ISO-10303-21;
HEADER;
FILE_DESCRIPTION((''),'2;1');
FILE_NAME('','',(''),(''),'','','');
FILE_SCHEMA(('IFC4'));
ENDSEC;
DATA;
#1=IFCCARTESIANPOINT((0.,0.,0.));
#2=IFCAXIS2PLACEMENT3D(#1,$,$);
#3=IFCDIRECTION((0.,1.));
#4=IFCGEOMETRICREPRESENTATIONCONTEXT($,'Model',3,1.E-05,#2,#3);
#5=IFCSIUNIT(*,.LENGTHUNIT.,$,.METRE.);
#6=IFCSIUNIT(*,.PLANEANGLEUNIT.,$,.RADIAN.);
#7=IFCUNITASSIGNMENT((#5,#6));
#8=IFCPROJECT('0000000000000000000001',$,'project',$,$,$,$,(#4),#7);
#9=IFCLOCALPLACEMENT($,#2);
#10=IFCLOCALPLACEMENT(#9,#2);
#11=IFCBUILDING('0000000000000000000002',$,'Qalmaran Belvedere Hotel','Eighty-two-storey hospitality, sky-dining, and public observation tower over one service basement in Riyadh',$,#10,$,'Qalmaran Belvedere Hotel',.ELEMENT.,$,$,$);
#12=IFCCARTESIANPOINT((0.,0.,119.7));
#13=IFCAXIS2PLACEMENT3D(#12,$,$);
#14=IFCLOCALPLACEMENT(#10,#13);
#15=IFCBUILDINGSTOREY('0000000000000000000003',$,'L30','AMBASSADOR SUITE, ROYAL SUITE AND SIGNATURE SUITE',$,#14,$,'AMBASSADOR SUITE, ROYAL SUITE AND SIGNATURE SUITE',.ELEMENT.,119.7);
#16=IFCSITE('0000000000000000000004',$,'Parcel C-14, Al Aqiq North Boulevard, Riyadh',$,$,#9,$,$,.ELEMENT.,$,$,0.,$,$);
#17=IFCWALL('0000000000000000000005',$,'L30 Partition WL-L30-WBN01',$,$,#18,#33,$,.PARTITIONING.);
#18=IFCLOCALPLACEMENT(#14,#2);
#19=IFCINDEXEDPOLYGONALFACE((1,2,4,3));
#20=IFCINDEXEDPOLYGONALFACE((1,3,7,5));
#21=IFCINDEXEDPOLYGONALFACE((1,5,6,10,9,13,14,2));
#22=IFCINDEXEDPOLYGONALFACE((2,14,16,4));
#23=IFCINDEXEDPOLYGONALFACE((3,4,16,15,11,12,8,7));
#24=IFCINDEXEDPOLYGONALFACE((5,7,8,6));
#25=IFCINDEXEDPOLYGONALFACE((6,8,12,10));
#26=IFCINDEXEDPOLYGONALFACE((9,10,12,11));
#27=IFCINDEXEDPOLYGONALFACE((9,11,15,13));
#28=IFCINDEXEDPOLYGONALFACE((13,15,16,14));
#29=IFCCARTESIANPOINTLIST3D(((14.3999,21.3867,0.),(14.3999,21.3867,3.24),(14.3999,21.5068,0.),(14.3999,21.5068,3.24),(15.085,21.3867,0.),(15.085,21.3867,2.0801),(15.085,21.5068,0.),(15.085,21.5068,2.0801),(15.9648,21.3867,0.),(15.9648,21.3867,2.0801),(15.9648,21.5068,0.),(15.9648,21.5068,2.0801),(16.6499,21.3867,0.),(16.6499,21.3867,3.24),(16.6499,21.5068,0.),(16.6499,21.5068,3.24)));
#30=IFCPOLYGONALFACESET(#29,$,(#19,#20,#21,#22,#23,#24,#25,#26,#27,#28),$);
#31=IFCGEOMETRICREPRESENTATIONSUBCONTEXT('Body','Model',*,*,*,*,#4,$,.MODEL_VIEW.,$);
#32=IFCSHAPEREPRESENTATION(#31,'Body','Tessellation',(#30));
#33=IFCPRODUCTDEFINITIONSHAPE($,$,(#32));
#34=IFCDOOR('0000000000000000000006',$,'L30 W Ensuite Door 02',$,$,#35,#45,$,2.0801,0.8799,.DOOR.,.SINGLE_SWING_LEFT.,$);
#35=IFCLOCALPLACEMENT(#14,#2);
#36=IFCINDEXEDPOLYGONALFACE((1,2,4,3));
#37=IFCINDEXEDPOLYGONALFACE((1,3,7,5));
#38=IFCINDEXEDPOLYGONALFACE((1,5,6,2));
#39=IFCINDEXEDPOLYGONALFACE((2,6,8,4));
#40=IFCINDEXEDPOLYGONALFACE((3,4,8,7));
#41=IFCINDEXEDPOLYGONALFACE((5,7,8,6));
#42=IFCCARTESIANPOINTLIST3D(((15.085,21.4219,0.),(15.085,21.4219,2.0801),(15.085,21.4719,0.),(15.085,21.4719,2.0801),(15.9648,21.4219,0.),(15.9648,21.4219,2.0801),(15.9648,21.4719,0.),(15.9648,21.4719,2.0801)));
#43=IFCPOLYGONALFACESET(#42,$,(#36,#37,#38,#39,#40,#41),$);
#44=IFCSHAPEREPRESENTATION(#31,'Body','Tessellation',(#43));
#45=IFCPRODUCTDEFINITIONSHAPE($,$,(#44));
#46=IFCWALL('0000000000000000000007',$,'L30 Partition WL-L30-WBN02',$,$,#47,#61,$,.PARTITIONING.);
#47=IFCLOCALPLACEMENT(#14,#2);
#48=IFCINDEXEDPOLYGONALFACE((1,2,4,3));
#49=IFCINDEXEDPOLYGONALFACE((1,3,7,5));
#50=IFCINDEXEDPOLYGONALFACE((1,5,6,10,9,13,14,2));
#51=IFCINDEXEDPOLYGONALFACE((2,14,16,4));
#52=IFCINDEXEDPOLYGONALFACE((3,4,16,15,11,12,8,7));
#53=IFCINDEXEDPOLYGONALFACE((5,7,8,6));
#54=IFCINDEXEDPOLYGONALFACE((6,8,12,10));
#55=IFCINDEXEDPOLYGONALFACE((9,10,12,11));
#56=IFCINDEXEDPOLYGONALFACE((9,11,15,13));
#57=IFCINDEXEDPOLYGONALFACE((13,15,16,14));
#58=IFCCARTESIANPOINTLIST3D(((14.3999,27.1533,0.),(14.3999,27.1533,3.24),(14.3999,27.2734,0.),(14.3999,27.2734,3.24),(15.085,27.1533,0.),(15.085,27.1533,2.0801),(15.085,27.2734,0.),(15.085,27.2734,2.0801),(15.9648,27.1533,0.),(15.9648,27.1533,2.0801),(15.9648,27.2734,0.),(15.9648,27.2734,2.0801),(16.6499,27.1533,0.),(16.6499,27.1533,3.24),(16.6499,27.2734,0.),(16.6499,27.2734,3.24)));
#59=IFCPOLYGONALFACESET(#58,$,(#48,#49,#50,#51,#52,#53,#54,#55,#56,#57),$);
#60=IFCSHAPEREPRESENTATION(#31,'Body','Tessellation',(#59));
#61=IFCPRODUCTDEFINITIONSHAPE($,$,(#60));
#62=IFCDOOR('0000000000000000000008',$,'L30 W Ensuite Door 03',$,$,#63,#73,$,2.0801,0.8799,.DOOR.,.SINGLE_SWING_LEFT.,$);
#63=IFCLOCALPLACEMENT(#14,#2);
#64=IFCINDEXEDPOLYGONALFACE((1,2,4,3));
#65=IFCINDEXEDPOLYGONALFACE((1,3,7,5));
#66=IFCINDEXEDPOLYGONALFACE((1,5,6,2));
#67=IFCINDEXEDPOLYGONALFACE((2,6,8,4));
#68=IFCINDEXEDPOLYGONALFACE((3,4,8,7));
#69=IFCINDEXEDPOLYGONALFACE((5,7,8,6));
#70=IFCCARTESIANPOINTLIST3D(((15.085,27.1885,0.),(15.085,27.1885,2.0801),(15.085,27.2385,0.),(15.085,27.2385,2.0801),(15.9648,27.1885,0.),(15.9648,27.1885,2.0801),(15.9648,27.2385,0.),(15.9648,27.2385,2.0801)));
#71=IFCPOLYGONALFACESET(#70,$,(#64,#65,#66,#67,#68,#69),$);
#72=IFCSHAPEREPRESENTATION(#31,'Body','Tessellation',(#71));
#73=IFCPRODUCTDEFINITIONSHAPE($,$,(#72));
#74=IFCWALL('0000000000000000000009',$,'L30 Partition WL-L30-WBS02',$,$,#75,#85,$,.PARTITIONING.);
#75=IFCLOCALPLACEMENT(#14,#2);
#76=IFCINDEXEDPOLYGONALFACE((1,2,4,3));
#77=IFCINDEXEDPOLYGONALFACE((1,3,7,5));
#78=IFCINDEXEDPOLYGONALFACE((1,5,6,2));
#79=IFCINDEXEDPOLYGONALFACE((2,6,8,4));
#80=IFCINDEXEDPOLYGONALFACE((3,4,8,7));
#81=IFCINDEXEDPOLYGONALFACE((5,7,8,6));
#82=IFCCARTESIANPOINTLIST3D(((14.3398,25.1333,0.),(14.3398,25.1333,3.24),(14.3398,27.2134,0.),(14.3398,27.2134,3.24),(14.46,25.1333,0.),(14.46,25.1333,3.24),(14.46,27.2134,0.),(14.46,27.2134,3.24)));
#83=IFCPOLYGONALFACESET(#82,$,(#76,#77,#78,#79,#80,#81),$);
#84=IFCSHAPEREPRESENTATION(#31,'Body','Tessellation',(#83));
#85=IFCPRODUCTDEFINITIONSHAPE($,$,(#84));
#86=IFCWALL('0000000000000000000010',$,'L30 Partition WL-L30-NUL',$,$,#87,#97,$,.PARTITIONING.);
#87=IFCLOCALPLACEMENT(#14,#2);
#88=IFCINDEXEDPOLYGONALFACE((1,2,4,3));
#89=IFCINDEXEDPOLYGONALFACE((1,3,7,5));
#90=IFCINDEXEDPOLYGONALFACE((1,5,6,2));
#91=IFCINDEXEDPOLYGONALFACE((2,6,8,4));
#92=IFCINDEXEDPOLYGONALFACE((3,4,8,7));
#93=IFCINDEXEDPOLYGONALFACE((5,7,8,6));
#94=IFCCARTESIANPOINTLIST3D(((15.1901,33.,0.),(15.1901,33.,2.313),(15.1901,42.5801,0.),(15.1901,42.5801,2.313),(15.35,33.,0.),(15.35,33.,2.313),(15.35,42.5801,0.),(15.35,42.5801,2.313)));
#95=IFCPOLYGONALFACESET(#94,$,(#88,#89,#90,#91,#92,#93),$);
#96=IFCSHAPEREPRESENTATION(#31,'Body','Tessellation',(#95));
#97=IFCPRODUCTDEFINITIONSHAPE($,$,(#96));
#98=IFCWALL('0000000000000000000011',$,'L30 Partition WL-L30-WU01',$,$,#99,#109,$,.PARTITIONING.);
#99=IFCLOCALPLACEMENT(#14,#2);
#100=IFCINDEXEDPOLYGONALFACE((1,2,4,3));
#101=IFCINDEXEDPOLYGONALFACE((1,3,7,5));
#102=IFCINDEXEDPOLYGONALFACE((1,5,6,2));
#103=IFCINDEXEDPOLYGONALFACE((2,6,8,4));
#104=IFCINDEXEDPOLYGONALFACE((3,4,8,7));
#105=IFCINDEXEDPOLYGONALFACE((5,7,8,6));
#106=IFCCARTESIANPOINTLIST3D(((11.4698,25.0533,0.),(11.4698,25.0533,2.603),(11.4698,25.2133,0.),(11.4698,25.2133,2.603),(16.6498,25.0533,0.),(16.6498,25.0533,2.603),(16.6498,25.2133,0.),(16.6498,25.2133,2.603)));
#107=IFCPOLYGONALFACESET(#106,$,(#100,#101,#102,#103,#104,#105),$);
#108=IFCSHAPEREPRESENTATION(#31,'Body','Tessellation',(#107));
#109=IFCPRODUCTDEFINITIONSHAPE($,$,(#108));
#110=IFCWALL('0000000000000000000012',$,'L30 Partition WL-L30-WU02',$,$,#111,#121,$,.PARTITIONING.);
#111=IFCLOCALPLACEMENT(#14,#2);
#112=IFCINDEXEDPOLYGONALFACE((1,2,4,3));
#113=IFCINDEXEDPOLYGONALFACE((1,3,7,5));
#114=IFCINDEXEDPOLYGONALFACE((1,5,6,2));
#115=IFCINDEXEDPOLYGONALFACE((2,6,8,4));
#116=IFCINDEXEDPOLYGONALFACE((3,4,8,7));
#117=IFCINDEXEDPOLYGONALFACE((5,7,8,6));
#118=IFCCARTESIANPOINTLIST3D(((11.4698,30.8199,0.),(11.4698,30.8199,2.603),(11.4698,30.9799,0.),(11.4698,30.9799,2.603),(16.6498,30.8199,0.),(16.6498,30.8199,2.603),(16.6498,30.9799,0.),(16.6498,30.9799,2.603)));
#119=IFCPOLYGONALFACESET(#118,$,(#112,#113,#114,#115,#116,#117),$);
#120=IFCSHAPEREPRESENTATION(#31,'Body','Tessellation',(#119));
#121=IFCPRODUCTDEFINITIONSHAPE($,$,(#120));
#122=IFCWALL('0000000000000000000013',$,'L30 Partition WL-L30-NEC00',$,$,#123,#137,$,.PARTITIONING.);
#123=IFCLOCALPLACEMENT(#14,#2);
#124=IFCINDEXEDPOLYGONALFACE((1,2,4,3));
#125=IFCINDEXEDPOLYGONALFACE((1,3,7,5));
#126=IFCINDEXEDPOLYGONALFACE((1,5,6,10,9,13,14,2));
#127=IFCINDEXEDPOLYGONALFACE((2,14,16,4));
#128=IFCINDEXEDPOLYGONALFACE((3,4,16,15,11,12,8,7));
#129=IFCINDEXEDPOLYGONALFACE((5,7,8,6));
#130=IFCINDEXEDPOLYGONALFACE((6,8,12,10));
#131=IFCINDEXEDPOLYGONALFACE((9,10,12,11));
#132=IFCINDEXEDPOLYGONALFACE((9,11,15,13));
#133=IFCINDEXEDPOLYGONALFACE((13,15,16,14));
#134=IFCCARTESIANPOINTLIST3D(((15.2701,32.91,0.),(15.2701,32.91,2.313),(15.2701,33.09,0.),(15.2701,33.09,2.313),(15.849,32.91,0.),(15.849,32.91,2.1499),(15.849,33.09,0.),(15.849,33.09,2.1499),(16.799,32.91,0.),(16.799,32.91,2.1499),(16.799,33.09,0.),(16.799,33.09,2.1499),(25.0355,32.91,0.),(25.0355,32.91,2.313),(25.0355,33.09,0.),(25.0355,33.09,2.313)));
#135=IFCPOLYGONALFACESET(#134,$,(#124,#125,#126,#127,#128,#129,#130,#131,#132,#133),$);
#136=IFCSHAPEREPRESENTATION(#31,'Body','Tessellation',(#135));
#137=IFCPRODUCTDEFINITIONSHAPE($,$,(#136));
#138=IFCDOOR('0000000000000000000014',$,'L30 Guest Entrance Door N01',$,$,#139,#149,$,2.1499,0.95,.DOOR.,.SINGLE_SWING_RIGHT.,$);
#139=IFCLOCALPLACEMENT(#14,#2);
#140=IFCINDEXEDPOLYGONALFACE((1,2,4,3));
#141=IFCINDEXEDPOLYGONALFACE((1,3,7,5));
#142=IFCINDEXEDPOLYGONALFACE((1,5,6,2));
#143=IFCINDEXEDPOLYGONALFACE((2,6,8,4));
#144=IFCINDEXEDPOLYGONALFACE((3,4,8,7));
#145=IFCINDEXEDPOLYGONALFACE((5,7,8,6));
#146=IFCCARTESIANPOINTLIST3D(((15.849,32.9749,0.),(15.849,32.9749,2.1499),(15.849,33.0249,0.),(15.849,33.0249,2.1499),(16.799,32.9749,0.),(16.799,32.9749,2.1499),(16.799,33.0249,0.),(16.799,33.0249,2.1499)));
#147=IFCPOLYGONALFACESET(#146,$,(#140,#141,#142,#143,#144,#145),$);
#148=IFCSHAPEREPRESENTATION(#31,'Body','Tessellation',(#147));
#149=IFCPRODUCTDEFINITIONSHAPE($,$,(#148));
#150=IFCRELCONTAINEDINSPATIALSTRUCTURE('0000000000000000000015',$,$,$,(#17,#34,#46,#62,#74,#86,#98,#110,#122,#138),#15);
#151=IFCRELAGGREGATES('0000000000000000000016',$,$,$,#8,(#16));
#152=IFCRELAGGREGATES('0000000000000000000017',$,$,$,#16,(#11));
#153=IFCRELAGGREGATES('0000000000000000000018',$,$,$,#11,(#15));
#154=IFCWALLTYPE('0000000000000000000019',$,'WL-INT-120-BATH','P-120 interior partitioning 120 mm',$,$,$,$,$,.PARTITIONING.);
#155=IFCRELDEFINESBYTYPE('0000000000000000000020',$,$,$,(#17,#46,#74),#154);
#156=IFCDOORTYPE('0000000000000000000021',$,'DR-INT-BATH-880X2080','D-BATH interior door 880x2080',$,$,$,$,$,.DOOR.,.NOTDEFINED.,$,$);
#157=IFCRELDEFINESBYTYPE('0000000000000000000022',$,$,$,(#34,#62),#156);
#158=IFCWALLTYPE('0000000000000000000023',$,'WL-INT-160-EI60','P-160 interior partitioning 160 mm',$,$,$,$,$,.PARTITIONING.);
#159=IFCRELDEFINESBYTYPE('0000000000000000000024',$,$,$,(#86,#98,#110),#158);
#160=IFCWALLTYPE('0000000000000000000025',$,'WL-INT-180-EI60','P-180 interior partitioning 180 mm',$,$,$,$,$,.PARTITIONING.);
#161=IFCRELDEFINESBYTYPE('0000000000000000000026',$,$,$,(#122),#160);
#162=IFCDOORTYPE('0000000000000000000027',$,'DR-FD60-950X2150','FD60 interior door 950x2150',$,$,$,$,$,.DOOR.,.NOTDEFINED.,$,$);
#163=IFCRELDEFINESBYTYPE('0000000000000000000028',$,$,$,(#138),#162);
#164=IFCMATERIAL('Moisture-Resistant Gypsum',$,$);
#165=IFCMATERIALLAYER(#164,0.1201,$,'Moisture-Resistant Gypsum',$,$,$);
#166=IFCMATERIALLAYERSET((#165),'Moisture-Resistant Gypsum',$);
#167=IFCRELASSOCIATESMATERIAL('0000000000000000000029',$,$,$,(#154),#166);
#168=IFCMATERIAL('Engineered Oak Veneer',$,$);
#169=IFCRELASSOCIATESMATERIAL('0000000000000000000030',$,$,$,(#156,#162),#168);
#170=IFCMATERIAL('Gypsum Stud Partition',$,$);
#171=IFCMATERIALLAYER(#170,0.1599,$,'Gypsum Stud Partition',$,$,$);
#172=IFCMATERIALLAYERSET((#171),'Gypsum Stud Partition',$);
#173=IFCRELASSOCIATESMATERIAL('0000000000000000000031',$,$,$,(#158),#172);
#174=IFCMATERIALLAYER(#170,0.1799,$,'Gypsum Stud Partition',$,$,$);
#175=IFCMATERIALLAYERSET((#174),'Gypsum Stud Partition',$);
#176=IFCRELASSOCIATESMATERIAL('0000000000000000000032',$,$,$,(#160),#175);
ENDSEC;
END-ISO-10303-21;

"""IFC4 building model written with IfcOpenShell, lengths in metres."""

from ifc_helpers import new_model, si_unit, direction, frame, frame_2d, origin, place, context, subcontext, project, spatial, rectangle, extrude, material, layer, layer_set, type_object, element, fill, save


model = new_model("IFC4")

# Units and contexts
model_context = context("Model", 3, precision=1e-05, world=origin(), true_north=direction((0.0, 1.0)))
body_context = subcontext(model_context, "Body", "Model", "MODEL_VIEW")
ifc_project = project(units=[si_unit("LENGTHUNIT", "METRE"), si_unit("PLANEANGLEUNIT", "RADIAN")], contexts=[model_context])

# Site, building, storey
site_placement = place(None, origin())
site = spatial("IfcSite", under=ifc_project, at=site_placement, Name="Parcel C-14, Al Aqiq North Boulevard, Riyadh", CompositionType="ELEMENT", RefElevation=0.0)
building_placement = place(site_placement, origin())
building = spatial("IfcBuilding", under=site, at=building_placement, Name="Qalmaran Belvedere Hotel", Description="Eighty-two-storey hospitality, sky-dining, and public observation tower over one service basement in Riyadh", LongName="Qalmaran Belvedere Hotel", CompositionType="ELEMENT")
storey_placement = place(building_placement, frame((0.0, 0.0, 119.7)))
storey = spatial("IfcBuildingStorey", under=building, at=storey_placement, Name="L30", Description="AMBASSADOR SUITE, ROYAL SUITE AND SIGNATURE SUITE", LongName="AMBASSADOR SUITE, ROYAL SUITE AND SIGNATURE SUITE", CompositionType="ELEMENT", Elevation=119.7)

# Walls, openings, doors
ifc_material_1 = material(Name="Moisture-Resistant Gypsum")
ifc_layer_1 = layer(ifc_material_1, 0.1201, Name="Moisture-Resistant Gypsum")
ifc_layer_set_1 = layer_set([ifc_layer_1], Name="Moisture-Resistant Gypsum")
wall_type_1 = type_object("IfcWallType", Name="WL-INT-120-BATH", Description="P-120 interior partitioning 120 mm", PredefinedType="PARTITIONING", material=ifc_layer_set_1)
wall_1_placement = place(storey_placement, frame((14.3999, 21.4468, 0.0), z_axis=(0.0, 0.0, 1.0), x_axis=(1.0, 0.0, 0.0)))
wall_1 = element("IfcWall", 1, at=wall_1_placement, inside=storey, type_object=wall_type_1, Name="L30 Partition WL-L30-WBN01", PredefinedType="PARTITIONING", context=body_context, shape_type="SweptSolid", body=[
    extrude(rectangle(XDim=2.25, YDim=0.1201, at=frame_2d((1.125, 0.0))), origin(), (0.0, 0.0, 1.0), 3.24),
])
opening_1_placement = place(wall_1_placement, frame((1.5649, 0.0, 0.0), z_axis=(0.0, 0.0, 1.0), x_axis=(-1.0, 0.0, 0.0)))
opening_1 = element("IfcOpeningElement", 2, at=opening_1_placement, cuts=wall_1, PredefinedType="OPENING", context=body_context, shape_type="SweptSolid", body=[
    extrude(rectangle(XDim=0.8799, YDim=2.0801, at=frame_2d((0.4399, 1.04))), frame((0.0, 0.0701, 0.0), z_axis=(0.0, -1.0, 0.0), x_axis=(1.0, 0.0, 0.0)), (0.0, 0.0, 1.0), 0.1401),
])
ifc_material_2 = material(Name="Engineered Oak Veneer")
door_type_1 = type_object("IfcDoorType", Name="DR-INT-BATH-880X2080", Description="D-BATH interior door 880x2080", OperationType="NOTDEFINED", PredefinedType="DOOR", material=ifc_material_2)
door_1_placement = place(opening_1_placement, origin())
door_1 = element("IfcDoor", 3, at=door_1_placement, inside=storey, type_object=door_type_1, Name="L30 W Ensuite Door 02", OperationType="SINGLE_SWING_LEFT", OverallHeight=2.0801, OverallWidth=0.8799, PredefinedType="DOOR", context=body_context, shape_type="SweptSolid", body=[
    extrude(rectangle(XDim=0.8799, YDim=2.0801, at=frame_2d((0.4399, 1.04))), frame((0.0, 0.0249, 0.0), z_axis=(0.0, -1.0, 0.0), x_axis=(1.0, 0.0, 0.0)), (0.0, 0.0, 1.0), 0.05),
])
fill(opening_1, door_1)
wall_2_placement = place(storey_placement, frame((14.3999, 27.2134, 0.0), z_axis=(0.0, 0.0, 1.0), x_axis=(1.0, 0.0, 0.0)))
wall_2 = element("IfcWall", 4, at=wall_2_placement, inside=storey, type_object=wall_type_1, Name="L30 Partition WL-L30-WBN02", PredefinedType="PARTITIONING", context=body_context, shape_type="SweptSolid", body=[
    extrude(rectangle(XDim=2.25, YDim=0.1201, at=frame_2d((1.125, 0.0))), origin(), (0.0, 0.0, 1.0), 3.24),
])
opening_2_placement = place(wall_2_placement, frame((1.5649, 0.0, 0.0), z_axis=(0.0, 0.0, 1.0), x_axis=(-1.0, 0.0, 0.0)))
opening_2 = element("IfcOpeningElement", 5, at=opening_2_placement, cuts=wall_2, PredefinedType="OPENING", context=body_context, shape_type="SweptSolid", body=[
    extrude(rectangle(XDim=0.8799, YDim=2.0801, at=frame_2d((0.4399, 1.04))), frame((0.0, 0.0701, 0.0), z_axis=(0.0, -1.0, 0.0), x_axis=(1.0, 0.0, 0.0)), (0.0, 0.0, 1.0), 0.1401),
])
door_2_placement = place(opening_2_placement, origin())
door_2 = element("IfcDoor", 6, at=door_2_placement, inside=storey, type_object=door_type_1, Name="L30 W Ensuite Door 03", OperationType="SINGLE_SWING_LEFT", OverallHeight=2.0801, OverallWidth=0.8799, PredefinedType="DOOR", context=body_context, shape_type="SweptSolid", body=[
    extrude(rectangle(XDim=0.8799, YDim=2.0801, at=frame_2d((0.4399, 1.04))), frame((0.0, 0.0249, 0.0), z_axis=(0.0, -1.0, 0.0), x_axis=(1.0, 0.0, 0.0)), (0.0, 0.0, 1.0), 0.05),
])
fill(opening_2, door_2)

# Walls
wall_3_placement = place(storey_placement, frame((14.3999, 25.1333, 0.0), z_axis=(0.0, 0.0, 1.0), x_axis=(0.0, 1.0, 0.0)))
element("IfcWall", 7, at=wall_3_placement, inside=storey, type_object=wall_type_1, Name="L30 Partition WL-L30-WBS02", PredefinedType="PARTITIONING", context=body_context, shape_type="SweptSolid", body=[
    extrude(rectangle(XDim=2.0801, YDim=0.1201, at=frame_2d((1.04, 0.0))), origin(), (0.0, 0.0, 1.0), 3.24),
])
ifc_material_3 = material(Name="Gypsum Stud Partition")
ifc_layer_2 = layer(ifc_material_3, 0.1599, Name="Gypsum Stud Partition")
ifc_layer_set_2 = layer_set([ifc_layer_2], Name="Gypsum Stud Partition")
wall_type_2 = type_object("IfcWallType", Name="WL-INT-160-EI60", Description="P-160 interior partitioning 160 mm", PredefinedType="PARTITIONING", material=ifc_layer_set_2)
wall_4_placement = place(storey_placement, frame((15.27, 33.0, 0.0), z_axis=(0.0, 0.0, 1.0), x_axis=(0.0, 1.0, 0.0)))
element("IfcWall", 8, at=wall_4_placement, inside=storey, type_object=wall_type_2, Name="L30 Partition WL-L30-NUL", PredefinedType="PARTITIONING", context=body_context, shape_type="SweptSolid", body=[
    extrude(rectangle(XDim=9.5801, YDim=0.1599, at=frame_2d((4.79, 0.0))), origin(), (0.0, 0.0, 1.0), 2.313),
])
for number, where, z_axis, x_axis, name in (
    (9, (11.47, 25.1333, 0.0), (0.0, 0.0, 1.0), (1.0, 0.0, 0.0), "L30 Partition WL-L30-WU01"),
    (10, (11.47, 30.8999, 0.0), (0.0, 0.0, 1.0), (1.0, 0.0, 0.0), "L30 Partition WL-L30-WU02"),
):
    element("IfcWall", number, at=place(storey_placement, frame(where, z_axis=z_axis, x_axis=x_axis)), inside=storey, type_object=wall_type_2, Name=name, PredefinedType="PARTITIONING", context=body_context, shape_type="SweptSolid", body=[
        extrude(rectangle(XDim=5.1799, YDim=0.1599, at=frame_2d((2.5898, 0.0))), origin(), (0.0, 0.0, 1.0), 2.603),
    ])

# Wall, opening, door
ifc_layer_3 = layer(ifc_material_3, 0.1799, Name="Gypsum Stud Partition")
ifc_layer_set_3 = layer_set([ifc_layer_3], Name="Gypsum Stud Partition")
wall_type_3 = type_object("IfcWallType", Name="WL-INT-180-EI60", Description="P-180 interior partitioning 180 mm", PredefinedType="PARTITIONING", material=ifc_layer_set_3)
wall_5_placement = place(storey_placement, frame((15.27, 33.0, 0.0), z_axis=(0.0, 0.0, 1.0), x_axis=(1.0, 0.0, 0.0)))
wall_5 = element("IfcWall", 11, at=wall_5_placement, inside=storey, type_object=wall_type_3, Name="L30 Partition WL-L30-NEC00", PredefinedType="PARTITIONING", context=body_context, shape_type="SweptSolid", body=[
    extrude(rectangle(XDim=9.7654, YDim=0.1799, at=frame_2d((4.8828, 0.0))), origin(), (0.0, 0.0, 1.0), 2.313),
])
opening_3_placement = place(wall_5_placement, frame((0.5789, 0.0, 0.0)))
opening_3 = element("IfcOpeningElement", 12, at=opening_3_placement, cuts=wall_5, PredefinedType="OPENING", context=body_context, shape_type="SweptSolid", body=[
    extrude(rectangle(XDim=0.95, YDim=2.1499, at=frame_2d((0.4751, 1.075))), frame((0.0, 0.1001, 0.0), z_axis=(0.0, -1.0, 0.0), x_axis=(1.0, 0.0, 0.0)), (0.0, 0.0, 1.0), 0.2),
])
door_type_2 = type_object("IfcDoorType", Name="DR-FD60-950X2150", Description="FD60 interior door 950x2150", OperationType="NOTDEFINED", PredefinedType="DOOR", material=ifc_material_2)
door_3_placement = place(opening_3_placement, origin())
door_3 = element("IfcDoor", 13, at=door_3_placement, inside=storey, type_object=door_type_2, Name="L30 Guest Entrance Door N01", OperationType="SINGLE_SWING_RIGHT", OverallHeight=2.1499, OverallWidth=0.95, PredefinedType="DOOR", context=body_context, shape_type="SweptSolid", body=[
    extrude(rectangle(XDim=0.95, YDim=2.1499, at=frame_2d((0.4751, 1.075))), frame((0.0, 0.0249, 0.0), z_axis=(0.0, -1.0, 0.0), x_axis=(1.0, 0.0, 0.0)), (0.0, 0.0, 1.0), 0.05),
])
fill(opening_3, door_3)

save(model, "model.ifc")
